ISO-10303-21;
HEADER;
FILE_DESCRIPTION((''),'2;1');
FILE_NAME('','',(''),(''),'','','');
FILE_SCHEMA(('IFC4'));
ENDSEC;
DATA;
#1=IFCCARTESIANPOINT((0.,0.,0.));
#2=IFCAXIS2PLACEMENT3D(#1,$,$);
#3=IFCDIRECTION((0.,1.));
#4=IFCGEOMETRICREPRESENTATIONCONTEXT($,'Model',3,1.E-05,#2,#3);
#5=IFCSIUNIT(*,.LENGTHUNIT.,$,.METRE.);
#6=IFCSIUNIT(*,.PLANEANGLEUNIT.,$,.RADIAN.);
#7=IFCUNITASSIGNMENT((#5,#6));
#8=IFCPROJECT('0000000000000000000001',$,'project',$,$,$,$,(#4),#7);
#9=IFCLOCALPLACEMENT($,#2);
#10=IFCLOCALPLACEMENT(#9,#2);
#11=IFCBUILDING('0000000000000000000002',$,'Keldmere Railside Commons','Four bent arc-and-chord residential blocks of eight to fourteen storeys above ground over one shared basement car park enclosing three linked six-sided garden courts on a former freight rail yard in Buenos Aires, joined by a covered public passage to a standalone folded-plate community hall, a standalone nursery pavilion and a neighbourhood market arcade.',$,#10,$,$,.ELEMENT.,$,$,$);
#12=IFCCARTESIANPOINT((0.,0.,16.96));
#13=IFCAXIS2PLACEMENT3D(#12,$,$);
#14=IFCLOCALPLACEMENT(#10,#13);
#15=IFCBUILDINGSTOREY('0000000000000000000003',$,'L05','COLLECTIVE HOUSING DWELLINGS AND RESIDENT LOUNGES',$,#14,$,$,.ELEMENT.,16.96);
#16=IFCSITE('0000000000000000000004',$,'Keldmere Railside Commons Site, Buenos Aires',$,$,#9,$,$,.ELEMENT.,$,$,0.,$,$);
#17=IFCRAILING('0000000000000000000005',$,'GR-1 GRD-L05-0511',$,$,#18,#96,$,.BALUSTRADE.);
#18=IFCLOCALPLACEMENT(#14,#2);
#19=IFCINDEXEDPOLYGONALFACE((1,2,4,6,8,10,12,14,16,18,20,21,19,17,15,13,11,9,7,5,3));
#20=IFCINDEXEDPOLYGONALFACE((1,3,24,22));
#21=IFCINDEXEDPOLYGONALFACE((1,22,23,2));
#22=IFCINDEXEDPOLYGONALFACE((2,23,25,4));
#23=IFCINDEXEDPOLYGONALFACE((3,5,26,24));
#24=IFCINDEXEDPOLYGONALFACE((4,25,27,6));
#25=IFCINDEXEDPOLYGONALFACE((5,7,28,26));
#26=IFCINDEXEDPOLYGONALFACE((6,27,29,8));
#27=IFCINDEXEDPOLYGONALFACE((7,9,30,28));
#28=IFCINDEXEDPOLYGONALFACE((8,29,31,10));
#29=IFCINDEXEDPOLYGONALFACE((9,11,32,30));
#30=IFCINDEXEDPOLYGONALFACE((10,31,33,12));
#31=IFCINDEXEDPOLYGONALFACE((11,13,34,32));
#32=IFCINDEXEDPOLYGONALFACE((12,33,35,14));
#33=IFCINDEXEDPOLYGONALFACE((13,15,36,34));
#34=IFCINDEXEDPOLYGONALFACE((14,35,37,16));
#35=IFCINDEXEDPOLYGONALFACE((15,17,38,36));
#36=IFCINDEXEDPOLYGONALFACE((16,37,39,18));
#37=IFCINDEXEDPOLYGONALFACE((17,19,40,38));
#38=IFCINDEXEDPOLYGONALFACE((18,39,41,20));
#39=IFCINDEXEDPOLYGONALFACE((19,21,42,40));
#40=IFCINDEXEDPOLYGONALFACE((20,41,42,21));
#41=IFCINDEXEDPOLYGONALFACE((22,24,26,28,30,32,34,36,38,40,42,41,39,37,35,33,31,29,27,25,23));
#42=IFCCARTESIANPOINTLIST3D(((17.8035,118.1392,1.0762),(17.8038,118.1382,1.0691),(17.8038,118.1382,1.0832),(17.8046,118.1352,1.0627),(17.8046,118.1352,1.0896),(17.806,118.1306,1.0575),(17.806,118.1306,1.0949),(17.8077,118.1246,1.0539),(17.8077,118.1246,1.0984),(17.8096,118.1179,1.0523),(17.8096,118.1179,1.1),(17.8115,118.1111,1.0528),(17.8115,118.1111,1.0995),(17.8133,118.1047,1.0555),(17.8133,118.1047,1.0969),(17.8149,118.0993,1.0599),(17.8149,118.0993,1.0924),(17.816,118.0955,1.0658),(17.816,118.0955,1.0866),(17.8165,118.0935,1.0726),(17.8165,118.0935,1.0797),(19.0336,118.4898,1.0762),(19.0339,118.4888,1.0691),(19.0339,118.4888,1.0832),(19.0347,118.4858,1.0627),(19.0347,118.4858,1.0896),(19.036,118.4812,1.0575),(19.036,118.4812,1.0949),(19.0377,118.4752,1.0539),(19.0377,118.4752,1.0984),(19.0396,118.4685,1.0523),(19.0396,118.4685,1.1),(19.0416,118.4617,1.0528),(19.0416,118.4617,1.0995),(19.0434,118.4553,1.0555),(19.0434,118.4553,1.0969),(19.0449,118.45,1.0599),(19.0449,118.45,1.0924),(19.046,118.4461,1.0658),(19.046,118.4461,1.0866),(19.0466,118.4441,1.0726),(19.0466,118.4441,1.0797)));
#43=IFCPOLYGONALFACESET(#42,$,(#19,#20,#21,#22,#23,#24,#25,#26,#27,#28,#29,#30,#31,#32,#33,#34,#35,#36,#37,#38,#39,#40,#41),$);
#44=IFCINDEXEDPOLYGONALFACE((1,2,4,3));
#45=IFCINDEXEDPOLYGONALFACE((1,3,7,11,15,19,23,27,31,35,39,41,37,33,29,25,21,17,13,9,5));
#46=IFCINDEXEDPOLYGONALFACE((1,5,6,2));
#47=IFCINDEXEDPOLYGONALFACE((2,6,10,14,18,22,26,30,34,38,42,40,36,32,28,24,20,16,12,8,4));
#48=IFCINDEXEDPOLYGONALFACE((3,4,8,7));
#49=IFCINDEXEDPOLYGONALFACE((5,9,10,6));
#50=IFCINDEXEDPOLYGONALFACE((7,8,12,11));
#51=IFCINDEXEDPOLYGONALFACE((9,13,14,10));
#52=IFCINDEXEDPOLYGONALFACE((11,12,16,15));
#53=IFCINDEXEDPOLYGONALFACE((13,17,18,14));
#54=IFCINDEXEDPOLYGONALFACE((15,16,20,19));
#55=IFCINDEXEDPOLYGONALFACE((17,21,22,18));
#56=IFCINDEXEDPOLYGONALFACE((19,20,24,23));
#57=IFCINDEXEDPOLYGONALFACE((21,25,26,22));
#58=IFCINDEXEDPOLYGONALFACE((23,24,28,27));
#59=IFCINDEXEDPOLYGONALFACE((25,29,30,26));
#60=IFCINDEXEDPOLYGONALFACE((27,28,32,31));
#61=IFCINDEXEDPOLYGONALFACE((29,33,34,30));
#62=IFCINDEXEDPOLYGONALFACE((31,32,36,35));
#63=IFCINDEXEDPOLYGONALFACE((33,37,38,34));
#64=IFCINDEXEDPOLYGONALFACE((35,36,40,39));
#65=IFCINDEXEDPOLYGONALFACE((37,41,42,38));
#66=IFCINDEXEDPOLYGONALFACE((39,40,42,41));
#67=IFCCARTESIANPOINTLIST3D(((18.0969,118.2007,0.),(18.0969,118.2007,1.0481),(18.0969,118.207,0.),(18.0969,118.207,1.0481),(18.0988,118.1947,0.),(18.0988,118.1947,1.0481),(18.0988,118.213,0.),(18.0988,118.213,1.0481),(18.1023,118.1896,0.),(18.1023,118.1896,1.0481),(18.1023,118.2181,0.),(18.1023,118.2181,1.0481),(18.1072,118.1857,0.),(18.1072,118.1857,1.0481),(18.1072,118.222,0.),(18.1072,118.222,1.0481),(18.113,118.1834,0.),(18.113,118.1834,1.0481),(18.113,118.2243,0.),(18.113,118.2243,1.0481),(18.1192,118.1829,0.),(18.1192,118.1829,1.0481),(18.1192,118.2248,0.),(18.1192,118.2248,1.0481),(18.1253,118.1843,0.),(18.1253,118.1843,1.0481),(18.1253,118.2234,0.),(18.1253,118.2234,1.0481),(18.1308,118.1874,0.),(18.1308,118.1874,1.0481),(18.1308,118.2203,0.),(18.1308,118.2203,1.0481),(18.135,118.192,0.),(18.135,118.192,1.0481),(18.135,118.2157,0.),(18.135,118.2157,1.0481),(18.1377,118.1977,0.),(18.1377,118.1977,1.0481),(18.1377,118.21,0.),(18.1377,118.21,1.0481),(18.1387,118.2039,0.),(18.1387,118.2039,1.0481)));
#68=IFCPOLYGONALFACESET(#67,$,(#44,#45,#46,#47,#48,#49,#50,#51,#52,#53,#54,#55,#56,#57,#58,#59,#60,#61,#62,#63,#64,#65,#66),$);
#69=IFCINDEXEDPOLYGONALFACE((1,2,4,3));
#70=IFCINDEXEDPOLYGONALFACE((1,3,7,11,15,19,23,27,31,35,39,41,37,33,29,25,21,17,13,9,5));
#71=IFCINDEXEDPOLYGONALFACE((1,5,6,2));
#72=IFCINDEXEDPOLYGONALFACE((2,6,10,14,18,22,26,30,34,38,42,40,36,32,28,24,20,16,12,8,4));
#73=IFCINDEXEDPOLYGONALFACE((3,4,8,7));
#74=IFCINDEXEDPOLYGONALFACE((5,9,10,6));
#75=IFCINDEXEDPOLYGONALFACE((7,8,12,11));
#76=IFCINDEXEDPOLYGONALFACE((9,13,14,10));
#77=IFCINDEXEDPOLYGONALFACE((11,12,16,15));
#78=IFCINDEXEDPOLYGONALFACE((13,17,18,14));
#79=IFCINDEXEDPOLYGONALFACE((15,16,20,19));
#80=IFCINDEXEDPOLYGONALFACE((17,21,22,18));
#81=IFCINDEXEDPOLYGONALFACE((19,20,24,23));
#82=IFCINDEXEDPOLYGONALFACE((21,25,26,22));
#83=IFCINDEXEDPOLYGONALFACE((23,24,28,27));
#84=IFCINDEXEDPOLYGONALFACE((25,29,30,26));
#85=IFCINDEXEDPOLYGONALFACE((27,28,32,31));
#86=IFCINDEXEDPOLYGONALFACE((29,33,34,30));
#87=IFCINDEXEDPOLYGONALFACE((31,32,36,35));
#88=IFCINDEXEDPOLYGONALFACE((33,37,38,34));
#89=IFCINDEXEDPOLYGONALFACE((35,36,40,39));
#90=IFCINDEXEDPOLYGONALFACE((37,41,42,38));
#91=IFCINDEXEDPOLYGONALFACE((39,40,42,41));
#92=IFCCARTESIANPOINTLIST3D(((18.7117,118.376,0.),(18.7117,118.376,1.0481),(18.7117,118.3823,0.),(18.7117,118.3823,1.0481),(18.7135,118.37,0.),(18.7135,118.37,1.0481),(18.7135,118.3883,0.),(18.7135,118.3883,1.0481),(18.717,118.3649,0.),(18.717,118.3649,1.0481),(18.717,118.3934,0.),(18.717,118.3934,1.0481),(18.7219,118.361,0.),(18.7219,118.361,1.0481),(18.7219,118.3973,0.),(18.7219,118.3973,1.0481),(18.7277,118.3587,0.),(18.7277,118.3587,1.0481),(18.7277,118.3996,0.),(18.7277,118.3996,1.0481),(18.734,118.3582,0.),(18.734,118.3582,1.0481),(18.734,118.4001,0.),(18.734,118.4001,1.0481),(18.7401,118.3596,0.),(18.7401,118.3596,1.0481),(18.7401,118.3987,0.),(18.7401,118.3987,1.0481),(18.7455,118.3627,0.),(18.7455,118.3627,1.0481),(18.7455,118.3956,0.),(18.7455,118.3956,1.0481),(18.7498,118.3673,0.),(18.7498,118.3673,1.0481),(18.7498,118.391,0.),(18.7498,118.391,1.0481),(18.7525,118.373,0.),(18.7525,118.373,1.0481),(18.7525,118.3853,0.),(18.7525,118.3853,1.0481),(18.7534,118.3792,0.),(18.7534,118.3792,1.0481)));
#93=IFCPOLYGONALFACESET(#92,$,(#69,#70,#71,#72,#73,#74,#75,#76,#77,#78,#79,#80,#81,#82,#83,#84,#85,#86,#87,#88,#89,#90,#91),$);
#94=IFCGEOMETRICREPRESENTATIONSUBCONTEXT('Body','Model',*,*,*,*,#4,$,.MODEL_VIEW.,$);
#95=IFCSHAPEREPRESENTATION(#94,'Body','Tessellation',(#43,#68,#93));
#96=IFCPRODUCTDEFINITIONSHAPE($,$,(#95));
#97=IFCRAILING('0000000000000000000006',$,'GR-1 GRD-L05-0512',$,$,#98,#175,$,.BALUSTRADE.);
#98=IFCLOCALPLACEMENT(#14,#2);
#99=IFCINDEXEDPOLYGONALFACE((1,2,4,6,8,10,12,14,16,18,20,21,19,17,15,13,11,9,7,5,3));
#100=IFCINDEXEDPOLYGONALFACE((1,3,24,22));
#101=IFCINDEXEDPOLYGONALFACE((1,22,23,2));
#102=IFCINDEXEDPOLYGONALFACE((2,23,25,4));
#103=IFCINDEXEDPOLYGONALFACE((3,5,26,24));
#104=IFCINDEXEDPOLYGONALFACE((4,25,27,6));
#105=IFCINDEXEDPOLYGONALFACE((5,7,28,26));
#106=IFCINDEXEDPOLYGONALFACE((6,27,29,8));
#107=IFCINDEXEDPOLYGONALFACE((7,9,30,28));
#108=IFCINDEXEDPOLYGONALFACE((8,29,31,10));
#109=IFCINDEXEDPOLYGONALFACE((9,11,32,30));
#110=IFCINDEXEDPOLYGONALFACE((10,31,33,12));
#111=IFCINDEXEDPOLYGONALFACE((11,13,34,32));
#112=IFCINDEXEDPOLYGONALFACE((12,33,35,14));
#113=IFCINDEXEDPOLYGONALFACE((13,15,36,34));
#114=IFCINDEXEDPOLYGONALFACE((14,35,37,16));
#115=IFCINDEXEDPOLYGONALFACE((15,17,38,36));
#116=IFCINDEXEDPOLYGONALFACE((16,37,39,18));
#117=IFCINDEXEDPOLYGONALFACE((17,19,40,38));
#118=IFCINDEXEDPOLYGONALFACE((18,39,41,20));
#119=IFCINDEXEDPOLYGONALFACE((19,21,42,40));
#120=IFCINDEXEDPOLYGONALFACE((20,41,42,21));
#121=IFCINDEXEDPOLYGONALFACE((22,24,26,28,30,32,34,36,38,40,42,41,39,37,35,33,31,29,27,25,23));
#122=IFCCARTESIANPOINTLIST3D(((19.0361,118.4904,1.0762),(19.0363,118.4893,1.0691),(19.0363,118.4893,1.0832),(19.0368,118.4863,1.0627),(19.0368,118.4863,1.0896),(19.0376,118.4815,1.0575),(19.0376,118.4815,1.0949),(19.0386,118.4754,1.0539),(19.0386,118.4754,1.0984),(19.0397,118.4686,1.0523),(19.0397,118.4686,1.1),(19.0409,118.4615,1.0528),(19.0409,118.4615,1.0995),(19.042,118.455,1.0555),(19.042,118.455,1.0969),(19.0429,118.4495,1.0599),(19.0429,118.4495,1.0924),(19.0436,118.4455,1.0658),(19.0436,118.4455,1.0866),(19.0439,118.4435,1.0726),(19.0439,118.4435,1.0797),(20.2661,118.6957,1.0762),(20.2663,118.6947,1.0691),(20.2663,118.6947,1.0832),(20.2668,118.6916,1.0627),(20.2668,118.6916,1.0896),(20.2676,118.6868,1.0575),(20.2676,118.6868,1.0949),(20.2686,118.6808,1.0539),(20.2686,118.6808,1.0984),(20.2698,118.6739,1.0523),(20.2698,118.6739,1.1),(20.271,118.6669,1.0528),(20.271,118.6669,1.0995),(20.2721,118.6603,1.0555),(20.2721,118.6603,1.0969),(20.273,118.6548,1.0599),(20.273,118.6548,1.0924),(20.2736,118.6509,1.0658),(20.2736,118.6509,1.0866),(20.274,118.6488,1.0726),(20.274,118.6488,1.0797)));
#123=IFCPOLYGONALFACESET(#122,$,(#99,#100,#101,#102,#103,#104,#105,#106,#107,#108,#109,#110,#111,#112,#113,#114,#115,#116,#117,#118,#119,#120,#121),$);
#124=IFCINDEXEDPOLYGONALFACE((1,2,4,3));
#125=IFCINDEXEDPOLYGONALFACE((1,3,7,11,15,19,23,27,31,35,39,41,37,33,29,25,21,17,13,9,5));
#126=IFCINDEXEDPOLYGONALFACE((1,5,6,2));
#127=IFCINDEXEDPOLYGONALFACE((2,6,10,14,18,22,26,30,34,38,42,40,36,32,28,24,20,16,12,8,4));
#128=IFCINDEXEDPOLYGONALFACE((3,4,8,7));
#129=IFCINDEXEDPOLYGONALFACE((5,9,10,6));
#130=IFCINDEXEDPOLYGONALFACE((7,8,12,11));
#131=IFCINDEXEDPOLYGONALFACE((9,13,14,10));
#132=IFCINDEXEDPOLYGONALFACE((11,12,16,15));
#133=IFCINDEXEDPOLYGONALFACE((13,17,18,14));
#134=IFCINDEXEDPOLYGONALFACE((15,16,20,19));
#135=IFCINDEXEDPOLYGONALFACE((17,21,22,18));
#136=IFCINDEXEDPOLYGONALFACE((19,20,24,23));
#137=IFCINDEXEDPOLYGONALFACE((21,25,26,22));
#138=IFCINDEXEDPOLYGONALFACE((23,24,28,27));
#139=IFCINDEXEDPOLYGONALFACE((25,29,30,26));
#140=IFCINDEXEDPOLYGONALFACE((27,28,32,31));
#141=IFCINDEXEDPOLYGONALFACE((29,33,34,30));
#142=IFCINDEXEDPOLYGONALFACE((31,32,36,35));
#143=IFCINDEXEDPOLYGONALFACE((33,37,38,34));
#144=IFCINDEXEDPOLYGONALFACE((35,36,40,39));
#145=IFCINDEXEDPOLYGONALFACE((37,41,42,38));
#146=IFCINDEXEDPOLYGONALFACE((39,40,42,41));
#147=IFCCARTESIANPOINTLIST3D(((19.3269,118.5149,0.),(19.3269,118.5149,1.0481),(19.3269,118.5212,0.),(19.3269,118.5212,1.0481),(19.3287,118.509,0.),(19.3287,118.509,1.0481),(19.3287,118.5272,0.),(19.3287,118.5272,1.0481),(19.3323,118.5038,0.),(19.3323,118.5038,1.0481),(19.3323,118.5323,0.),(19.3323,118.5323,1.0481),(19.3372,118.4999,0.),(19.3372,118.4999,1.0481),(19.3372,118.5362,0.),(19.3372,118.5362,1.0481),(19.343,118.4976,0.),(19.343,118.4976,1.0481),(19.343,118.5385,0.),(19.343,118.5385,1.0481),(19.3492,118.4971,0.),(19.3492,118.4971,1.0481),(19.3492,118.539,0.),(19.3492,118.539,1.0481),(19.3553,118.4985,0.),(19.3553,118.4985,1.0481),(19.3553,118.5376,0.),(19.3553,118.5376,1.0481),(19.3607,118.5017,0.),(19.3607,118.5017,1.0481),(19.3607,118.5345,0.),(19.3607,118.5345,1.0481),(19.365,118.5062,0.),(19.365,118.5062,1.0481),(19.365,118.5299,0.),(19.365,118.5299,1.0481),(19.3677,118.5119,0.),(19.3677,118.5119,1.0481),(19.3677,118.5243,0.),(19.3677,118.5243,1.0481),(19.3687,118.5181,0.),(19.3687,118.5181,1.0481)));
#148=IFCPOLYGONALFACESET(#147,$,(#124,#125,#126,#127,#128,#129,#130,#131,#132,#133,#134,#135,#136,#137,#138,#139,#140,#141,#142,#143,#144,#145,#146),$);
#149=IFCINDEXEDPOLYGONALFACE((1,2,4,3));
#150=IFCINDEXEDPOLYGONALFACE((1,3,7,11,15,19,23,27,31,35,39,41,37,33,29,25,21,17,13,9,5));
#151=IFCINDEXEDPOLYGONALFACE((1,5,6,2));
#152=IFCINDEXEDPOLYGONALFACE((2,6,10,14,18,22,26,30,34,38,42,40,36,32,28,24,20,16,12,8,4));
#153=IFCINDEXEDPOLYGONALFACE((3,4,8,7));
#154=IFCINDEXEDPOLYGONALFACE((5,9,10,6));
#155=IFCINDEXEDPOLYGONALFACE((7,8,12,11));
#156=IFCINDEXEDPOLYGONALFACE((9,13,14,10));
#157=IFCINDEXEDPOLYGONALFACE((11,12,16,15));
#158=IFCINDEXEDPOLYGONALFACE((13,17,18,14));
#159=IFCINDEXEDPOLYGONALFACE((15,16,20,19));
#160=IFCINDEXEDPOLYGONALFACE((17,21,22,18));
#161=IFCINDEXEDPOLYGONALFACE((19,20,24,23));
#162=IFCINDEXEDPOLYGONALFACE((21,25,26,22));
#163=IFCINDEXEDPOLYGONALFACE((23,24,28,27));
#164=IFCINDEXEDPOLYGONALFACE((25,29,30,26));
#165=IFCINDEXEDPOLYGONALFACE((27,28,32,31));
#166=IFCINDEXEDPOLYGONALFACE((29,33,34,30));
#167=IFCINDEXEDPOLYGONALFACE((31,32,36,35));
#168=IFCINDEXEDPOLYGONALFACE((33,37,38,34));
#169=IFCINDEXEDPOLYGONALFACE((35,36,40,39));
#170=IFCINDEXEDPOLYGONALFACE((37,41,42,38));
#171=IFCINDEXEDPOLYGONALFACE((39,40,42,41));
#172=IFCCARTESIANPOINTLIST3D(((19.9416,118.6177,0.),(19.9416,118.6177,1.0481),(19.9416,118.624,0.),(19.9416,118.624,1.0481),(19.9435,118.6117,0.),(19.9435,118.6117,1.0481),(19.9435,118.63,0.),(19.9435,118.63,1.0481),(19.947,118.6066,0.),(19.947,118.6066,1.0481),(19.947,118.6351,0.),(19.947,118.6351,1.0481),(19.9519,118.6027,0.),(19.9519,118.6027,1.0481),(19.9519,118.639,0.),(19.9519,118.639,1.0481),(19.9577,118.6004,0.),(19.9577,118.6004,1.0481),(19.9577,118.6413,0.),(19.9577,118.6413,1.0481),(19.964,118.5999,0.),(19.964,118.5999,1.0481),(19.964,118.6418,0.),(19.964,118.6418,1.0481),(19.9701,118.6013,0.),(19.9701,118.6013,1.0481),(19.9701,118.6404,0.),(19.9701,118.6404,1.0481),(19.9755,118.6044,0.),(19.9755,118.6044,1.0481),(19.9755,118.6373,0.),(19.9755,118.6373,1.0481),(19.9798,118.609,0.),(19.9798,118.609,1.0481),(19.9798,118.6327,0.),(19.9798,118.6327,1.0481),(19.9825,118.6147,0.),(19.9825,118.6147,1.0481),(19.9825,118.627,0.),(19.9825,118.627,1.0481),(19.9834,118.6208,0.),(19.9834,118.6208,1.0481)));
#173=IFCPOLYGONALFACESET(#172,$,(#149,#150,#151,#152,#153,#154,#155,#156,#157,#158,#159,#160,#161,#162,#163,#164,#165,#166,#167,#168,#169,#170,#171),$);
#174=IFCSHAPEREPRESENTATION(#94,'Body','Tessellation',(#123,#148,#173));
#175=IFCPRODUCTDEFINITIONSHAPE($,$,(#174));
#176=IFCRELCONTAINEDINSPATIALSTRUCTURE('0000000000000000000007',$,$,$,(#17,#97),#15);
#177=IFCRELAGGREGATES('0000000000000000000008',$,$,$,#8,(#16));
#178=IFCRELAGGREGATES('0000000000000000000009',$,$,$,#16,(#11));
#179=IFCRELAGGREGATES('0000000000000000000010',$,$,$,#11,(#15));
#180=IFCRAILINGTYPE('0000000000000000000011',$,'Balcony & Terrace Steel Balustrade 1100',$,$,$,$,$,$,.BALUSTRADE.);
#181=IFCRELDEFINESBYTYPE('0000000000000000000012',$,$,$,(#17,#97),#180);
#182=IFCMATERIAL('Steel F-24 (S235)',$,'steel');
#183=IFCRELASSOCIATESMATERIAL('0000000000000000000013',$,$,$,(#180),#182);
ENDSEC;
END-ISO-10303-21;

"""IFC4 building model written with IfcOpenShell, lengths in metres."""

from ifc_helpers import new_model, si_unit, direction, frame, origin, origin_2d, place, context, subcontext, project, spatial, circle, extrude, material, type_object, element, save


model = new_model("IFC4")

# Units and contexts
model_context = context("Model", 3, precision=1e-05, world=origin(), true_north=direction((0.0, 1.0)))
body_context = subcontext(model_context, "Body", "Model", "MODEL_VIEW")
ifc_project = project(units=[si_unit("LENGTHUNIT", "METRE"), si_unit("PLANEANGLEUNIT", "RADIAN")], contexts=[model_context])

# Site, building, storey
site_placement = place(None, origin())
site = spatial("IfcSite", under=ifc_project, at=site_placement, Name="Keldmere Railside Commons Site, Buenos Aires", CompositionType="ELEMENT", RefElevation=0.0)
building_placement = place(site_placement, origin())
building = spatial("IfcBuilding", under=site, at=building_placement, Name="Keldmere Railside Commons", Description="Four bent arc-and-chord residential blocks of eight to fourteen storeys above ground over one shared basement car park enclosing three linked six-sided garden courts on a former freight rail yard in Buenos Aires, joined by a covered public passage to a standalone folded-plate community hall, a standalone nursery pavilion and a neighbourhood market arcade.", CompositionType="ELEMENT")
storey_placement = place(building_placement, frame((0.0, 0.0, 16.96)))
storey = spatial("IfcBuildingStorey", under=building, at=storey_placement, Name="L05", Description="COLLECTIVE HOUSING DWELLINGS AND RESIDENT LOUNGES", CompositionType="ELEMENT", Elevation=16.96)

# Railings
ifc_material_1 = material(Name="Steel F-24 (S235)", Category="steel")
railing_type = type_object("IfcRailingType", Name="Balcony & Terrace Steel Balustrade 1100", PredefinedType="BALUSTRADE", material=ifc_material_1)
railing_1_placement = place(storey_placement, frame((17.8101, 118.1162, 0.0)))
element("IfcRailing", 1, at=railing_1_placement, inside=storey, type_object=railing_type, Name="GR-1 GRD-L05-0511", PredefinedType="BALUSTRADE", context=body_context, shape_type="SweptSolid", body=[
    extrude(circle(Radius=0.0239, at=origin_2d()), frame((0.0, 0.0, 1.0762), z_axis=(0.961697, 0.274116, 0.0), x_axis=(-0.274116, 0.961697, 0.0)), (0.0, 0.0, 1.0), 1.2791),
    extrude(circle(Radius=0.021, at=origin_2d()), frame((0.3076, 0.0876, 0.0)), (0.0, 0.0, 1.0), 1.0481),
    extrude(circle(Radius=0.021, at=origin_2d()), frame((0.9224, 0.2629, 0.0)), (0.0, 0.0, 1.0), 1.0481),
])
railing_2_placement = place(storey_placement, frame((19.04, 118.4668, 0.0)))
element("IfcRailing", 2, at=railing_2_placement, inside=storey, type_object=railing_type, Name="GR-1 GRD-L05-0512", PredefinedType="BALUSTRADE", context=body_context, shape_type="SweptSolid", body=[
    extrude(circle(Radius=0.0239, at=origin_2d()), frame((0.0, 0.0, 1.0762), z_axis=(0.986352, 0.164653, 0.0), x_axis=(-0.164653, 0.986352, 0.0)), (0.0, 0.0, 1.0), 1.2471),
    extrude(circle(Radius=0.021, at=origin_2d()), frame((0.3076, 0.0513, 0.0)), (0.0, 0.0, 1.0), 1.0481),
    extrude(circle(Radius=0.021, at=origin_2d()), frame((0.9224, 0.1541, 0.0)), (0.0, 0.0, 1.0), 1.0481),
])

save(model, "model.ifc")
